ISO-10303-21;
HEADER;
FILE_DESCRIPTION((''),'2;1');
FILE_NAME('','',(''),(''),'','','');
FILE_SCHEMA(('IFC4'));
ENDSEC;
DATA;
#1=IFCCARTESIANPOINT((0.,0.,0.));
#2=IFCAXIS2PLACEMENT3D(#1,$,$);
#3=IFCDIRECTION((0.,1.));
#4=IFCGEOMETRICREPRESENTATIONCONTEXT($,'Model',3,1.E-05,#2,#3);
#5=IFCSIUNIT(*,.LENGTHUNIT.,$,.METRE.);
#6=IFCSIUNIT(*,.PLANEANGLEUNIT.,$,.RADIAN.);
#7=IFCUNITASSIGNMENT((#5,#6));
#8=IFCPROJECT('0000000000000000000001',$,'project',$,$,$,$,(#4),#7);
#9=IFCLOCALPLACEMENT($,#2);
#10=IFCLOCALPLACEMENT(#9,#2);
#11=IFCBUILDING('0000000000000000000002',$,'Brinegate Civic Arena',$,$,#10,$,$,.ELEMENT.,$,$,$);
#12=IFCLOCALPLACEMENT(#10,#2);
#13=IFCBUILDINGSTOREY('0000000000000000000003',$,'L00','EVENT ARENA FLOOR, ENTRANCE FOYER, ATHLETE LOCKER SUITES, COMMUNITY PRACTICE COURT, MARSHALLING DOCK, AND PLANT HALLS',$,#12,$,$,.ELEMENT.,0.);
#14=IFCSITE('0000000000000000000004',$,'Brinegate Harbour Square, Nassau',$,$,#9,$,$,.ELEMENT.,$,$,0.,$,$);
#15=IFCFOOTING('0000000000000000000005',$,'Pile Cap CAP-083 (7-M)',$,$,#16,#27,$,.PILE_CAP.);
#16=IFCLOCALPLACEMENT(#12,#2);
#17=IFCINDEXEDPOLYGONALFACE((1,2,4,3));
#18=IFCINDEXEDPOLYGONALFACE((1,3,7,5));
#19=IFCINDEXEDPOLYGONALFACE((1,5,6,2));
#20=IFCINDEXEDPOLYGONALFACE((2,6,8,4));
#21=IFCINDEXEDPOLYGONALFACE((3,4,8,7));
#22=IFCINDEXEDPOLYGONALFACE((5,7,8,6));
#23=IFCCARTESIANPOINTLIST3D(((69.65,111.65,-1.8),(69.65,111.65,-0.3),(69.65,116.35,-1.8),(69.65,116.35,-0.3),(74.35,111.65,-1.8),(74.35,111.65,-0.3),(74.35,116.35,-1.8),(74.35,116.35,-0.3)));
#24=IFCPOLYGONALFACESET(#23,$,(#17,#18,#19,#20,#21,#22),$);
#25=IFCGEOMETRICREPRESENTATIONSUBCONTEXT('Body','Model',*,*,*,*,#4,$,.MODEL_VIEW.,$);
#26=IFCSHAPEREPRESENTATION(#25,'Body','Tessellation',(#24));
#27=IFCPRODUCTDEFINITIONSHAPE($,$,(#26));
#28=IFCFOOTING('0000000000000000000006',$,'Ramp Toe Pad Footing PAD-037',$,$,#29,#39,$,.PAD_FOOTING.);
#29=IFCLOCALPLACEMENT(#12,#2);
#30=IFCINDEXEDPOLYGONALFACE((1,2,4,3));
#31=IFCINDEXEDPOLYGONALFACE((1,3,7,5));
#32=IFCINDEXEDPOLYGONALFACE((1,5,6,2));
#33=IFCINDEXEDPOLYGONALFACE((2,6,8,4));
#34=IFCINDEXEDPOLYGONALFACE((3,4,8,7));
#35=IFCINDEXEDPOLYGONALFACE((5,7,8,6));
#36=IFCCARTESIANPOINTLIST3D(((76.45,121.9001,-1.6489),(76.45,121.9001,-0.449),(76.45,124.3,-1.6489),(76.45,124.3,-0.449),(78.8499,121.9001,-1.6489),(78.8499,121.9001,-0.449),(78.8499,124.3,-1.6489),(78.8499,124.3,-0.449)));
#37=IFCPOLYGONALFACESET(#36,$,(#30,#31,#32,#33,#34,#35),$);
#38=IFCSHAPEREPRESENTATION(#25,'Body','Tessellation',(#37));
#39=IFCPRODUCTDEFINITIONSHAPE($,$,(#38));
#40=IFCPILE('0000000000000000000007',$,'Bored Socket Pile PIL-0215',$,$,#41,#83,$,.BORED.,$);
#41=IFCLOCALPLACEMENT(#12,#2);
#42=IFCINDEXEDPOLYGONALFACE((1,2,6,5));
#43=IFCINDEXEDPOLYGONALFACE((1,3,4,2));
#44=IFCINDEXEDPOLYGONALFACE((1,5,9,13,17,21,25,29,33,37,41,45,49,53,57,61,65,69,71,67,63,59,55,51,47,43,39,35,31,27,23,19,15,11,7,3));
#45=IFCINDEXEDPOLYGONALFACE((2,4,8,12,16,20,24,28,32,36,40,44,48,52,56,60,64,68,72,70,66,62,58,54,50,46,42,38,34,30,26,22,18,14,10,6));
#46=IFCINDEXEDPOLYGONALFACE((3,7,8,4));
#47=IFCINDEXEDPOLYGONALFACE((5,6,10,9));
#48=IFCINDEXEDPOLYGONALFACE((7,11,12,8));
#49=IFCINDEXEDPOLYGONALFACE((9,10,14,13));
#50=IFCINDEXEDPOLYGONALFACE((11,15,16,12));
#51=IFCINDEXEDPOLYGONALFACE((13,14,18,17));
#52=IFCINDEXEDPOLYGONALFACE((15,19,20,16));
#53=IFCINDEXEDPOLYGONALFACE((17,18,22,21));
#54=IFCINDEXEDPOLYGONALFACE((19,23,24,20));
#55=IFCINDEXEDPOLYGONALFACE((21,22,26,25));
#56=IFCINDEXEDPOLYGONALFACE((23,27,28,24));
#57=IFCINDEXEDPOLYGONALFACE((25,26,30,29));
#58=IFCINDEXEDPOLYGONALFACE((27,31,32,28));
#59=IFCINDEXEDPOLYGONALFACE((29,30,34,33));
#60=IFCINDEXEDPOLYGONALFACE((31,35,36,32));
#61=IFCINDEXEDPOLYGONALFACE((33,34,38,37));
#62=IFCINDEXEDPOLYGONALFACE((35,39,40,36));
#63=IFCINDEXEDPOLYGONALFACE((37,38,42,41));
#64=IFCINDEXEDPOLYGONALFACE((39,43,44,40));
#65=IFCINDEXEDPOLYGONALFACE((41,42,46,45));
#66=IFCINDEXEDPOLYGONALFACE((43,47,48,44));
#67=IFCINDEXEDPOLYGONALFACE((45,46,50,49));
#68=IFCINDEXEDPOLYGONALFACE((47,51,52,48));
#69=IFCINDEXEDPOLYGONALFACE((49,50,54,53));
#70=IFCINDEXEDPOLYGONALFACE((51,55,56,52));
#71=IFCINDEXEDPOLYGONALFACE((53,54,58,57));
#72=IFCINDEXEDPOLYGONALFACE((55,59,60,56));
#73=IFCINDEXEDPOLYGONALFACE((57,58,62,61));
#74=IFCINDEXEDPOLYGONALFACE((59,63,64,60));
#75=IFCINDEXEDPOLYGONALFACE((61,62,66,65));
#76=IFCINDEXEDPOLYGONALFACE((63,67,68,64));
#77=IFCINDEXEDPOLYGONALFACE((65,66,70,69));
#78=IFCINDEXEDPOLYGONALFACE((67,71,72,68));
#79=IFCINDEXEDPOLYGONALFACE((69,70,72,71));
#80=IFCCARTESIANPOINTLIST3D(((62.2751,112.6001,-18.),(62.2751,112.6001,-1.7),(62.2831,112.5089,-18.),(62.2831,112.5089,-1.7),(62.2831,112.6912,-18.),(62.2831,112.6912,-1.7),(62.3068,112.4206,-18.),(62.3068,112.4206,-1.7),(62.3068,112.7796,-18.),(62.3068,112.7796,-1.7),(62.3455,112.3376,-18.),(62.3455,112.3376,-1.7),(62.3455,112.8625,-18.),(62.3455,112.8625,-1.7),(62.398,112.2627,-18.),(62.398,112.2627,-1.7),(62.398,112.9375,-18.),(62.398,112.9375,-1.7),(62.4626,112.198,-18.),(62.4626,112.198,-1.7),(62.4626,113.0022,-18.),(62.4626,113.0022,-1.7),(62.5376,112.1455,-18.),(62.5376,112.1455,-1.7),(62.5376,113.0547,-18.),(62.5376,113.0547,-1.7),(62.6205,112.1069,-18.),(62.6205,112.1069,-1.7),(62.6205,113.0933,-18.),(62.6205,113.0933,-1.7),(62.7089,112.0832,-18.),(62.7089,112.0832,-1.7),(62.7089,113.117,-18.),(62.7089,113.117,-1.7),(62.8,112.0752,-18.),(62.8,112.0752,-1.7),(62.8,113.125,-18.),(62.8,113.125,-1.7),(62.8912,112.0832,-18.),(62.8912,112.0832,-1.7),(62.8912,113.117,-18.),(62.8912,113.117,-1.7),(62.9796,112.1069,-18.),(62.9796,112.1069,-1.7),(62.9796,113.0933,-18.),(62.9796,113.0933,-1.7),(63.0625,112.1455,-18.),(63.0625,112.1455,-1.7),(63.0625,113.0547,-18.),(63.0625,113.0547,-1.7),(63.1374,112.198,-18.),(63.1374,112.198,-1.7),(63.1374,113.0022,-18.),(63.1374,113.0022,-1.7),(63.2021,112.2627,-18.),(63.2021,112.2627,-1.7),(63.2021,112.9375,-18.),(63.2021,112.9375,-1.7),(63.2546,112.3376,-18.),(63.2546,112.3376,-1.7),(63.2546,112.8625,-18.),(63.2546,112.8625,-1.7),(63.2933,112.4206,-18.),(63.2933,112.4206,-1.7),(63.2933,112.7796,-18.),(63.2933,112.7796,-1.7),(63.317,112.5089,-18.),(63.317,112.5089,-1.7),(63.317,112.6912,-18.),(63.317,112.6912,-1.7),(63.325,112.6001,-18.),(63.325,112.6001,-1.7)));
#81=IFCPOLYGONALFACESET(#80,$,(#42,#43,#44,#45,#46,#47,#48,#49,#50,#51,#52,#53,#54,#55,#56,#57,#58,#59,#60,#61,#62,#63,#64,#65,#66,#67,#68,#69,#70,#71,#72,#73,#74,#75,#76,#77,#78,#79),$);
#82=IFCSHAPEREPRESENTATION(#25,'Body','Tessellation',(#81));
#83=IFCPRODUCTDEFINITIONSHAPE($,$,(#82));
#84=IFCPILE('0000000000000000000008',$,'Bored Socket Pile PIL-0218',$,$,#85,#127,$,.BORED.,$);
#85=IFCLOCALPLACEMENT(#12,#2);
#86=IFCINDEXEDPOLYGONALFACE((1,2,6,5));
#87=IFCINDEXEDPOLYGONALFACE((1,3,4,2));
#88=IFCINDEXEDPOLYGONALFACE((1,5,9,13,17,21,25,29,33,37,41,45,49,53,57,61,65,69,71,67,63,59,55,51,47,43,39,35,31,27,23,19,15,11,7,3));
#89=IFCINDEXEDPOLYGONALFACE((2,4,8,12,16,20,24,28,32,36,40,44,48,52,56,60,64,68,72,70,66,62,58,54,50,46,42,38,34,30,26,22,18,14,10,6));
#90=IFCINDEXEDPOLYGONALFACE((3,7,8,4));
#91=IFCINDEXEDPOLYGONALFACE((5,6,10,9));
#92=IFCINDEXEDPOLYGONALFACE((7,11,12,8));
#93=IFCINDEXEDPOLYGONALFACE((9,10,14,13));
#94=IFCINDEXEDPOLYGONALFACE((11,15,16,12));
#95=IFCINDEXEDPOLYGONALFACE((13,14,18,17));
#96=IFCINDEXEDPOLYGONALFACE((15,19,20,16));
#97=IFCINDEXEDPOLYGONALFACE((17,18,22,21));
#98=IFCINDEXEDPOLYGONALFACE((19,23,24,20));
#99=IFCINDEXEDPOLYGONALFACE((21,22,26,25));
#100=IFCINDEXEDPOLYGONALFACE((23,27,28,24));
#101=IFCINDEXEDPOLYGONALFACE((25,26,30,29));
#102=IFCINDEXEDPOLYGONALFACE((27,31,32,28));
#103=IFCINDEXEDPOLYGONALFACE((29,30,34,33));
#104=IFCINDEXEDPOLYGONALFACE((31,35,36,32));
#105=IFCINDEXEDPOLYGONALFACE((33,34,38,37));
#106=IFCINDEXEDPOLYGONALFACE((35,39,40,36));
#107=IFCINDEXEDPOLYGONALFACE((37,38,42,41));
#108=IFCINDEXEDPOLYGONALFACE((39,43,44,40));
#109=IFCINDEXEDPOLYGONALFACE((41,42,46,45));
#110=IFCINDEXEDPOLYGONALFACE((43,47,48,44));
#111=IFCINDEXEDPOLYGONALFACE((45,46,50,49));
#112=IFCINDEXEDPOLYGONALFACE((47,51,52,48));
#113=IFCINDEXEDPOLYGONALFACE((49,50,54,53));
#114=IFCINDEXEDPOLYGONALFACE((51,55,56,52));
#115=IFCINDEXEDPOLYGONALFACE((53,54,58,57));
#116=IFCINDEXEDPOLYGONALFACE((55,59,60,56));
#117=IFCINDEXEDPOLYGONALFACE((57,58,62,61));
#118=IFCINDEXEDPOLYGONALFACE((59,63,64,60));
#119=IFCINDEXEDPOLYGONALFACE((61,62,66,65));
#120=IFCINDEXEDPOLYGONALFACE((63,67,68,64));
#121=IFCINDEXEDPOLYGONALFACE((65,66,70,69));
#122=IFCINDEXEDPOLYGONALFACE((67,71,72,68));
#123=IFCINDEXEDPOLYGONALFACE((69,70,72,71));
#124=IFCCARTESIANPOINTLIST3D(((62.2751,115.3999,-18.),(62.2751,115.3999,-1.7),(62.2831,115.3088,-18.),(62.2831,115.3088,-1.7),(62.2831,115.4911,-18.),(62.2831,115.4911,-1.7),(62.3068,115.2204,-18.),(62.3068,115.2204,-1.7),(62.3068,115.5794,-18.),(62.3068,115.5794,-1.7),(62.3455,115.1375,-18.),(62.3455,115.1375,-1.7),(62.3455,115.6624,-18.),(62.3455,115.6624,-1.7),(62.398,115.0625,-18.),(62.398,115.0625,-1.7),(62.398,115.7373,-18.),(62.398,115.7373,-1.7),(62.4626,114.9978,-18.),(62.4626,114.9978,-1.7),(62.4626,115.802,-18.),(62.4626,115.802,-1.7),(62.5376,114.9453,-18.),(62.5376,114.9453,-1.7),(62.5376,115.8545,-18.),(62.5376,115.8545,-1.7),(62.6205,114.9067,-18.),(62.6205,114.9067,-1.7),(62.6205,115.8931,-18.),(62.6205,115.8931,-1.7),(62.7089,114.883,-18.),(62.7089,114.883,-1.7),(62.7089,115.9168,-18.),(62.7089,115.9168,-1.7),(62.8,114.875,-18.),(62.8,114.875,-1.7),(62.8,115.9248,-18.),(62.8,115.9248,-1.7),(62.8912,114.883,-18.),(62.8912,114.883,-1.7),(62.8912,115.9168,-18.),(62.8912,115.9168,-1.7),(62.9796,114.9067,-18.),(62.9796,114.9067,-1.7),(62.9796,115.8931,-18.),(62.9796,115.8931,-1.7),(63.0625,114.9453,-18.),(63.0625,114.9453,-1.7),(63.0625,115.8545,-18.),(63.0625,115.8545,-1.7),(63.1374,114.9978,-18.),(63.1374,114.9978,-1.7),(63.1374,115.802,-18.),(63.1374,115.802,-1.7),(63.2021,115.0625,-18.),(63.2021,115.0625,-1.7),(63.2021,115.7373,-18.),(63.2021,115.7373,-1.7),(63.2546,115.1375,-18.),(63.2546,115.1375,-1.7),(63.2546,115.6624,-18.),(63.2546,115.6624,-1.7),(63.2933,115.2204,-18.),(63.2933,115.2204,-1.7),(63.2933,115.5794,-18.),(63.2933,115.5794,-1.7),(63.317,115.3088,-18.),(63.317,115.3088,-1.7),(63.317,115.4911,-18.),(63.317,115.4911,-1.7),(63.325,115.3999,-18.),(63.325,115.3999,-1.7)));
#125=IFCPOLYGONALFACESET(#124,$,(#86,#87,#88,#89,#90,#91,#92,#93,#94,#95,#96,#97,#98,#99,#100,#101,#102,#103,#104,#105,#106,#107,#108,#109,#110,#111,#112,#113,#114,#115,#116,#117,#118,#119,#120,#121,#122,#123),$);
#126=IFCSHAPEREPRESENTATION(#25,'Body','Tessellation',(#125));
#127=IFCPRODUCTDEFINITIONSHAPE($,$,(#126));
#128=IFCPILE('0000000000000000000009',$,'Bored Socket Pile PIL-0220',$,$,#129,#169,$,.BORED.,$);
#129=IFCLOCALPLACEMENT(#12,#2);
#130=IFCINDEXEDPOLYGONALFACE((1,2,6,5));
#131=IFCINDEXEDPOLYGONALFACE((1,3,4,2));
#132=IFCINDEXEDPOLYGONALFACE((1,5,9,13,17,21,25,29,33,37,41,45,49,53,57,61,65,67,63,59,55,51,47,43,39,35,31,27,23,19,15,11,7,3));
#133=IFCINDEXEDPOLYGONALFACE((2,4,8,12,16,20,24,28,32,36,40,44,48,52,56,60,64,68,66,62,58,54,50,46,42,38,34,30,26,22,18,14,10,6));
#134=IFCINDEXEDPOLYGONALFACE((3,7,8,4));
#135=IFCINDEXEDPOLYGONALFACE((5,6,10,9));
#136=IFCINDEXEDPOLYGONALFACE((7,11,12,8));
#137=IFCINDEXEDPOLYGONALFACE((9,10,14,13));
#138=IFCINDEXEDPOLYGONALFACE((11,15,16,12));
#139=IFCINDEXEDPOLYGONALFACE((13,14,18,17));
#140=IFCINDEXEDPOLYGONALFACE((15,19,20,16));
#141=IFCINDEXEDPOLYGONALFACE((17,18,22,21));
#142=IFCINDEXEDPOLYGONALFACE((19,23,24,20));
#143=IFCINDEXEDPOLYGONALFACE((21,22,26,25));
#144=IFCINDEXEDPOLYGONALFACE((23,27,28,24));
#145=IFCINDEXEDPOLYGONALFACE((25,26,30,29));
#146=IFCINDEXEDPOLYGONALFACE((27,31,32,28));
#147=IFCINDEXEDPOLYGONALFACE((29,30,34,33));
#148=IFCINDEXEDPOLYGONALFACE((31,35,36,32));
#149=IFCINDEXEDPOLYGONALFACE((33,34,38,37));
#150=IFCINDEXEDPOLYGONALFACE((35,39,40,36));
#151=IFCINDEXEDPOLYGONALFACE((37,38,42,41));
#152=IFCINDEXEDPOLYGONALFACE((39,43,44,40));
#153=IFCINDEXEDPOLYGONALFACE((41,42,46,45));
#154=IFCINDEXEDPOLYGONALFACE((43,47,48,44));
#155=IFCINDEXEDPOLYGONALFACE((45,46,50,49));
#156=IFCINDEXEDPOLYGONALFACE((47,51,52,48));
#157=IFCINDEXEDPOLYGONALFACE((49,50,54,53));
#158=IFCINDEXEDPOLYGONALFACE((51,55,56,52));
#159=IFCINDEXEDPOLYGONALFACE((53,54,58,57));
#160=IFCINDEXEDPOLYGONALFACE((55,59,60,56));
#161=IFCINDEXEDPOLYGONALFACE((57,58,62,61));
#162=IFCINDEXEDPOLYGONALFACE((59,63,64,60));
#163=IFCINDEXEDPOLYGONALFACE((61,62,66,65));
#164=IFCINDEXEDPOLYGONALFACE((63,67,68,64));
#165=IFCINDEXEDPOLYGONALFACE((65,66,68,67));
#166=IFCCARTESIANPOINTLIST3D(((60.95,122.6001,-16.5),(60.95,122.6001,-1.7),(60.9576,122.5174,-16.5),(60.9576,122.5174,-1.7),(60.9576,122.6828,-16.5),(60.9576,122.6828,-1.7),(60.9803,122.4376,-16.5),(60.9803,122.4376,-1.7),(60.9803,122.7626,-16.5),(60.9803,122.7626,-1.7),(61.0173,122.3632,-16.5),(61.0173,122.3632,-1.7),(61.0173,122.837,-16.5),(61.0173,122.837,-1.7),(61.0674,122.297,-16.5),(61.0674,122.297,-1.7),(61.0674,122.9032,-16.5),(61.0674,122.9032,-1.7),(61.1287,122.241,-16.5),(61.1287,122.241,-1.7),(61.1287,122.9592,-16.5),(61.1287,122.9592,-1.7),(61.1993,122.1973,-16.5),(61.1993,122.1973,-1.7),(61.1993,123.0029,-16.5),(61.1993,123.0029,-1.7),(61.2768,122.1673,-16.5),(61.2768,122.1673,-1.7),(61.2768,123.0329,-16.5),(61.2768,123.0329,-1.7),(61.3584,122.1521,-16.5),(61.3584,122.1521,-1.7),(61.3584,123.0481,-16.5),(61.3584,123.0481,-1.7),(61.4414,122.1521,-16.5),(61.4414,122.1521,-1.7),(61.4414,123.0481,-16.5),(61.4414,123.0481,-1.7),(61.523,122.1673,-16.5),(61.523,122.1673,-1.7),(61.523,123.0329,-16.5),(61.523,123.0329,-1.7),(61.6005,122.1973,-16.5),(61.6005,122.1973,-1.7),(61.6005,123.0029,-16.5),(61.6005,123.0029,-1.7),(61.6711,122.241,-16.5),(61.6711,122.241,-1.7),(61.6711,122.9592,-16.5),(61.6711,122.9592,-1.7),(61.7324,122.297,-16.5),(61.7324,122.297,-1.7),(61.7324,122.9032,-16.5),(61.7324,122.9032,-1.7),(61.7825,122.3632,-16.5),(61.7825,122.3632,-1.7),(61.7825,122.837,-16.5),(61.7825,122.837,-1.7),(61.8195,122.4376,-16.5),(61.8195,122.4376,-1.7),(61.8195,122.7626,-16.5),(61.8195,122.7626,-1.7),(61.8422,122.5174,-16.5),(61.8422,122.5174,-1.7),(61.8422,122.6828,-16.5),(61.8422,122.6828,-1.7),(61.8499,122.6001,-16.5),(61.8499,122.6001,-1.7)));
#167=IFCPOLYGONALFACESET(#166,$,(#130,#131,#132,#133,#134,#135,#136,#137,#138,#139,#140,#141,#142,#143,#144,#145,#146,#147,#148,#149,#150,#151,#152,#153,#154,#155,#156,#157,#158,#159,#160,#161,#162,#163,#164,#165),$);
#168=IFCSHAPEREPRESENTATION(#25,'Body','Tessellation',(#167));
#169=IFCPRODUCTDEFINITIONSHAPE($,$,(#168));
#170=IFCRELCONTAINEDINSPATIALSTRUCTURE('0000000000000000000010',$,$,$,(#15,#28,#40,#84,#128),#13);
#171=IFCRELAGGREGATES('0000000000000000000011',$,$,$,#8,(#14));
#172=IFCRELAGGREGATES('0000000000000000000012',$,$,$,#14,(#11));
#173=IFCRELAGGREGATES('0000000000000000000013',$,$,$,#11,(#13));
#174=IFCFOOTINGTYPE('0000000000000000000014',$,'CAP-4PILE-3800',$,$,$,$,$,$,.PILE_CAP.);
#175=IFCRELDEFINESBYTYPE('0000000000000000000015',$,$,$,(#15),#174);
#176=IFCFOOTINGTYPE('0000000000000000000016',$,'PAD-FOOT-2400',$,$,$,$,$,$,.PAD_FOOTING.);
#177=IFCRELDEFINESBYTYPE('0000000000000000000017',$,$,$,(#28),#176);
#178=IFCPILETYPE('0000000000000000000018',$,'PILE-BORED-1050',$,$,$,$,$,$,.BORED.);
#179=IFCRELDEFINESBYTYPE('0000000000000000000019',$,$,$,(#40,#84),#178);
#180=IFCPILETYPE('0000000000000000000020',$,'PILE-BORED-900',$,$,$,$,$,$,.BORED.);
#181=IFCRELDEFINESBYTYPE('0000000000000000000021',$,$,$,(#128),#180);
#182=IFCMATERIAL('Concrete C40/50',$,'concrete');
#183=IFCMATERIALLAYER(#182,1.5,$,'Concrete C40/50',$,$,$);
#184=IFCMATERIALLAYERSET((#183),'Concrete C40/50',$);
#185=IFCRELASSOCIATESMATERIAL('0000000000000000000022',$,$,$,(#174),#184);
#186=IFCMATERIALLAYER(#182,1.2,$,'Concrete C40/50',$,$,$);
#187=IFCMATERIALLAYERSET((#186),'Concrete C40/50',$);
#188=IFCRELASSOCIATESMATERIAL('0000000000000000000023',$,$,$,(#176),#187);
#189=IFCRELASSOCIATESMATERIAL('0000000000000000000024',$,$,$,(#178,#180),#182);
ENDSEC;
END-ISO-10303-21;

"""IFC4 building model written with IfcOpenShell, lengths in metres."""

from ifc_helpers import new_model, si_unit, direction, frame, origin, origin_2d, place, context, subcontext, project, spatial, rectangle, circle, extrude, material, layer, layer_set, material_profile, profile_set, type_object, element, save


model = new_model("IFC4")

# Units and contexts
model_context = context("Model", 3, precision=1e-05, world=origin(), true_north=direction((0.0, 1.0)))
body_context = subcontext(model_context, "Body", "Model", "MODEL_VIEW")
ifc_project = project(units=[si_unit("LENGTHUNIT", "METRE"), si_unit("PLANEANGLEUNIT", "RADIAN")], contexts=[model_context])

# Site, building, storey
site_placement = place(None, origin())
site = spatial("IfcSite", under=ifc_project, at=site_placement, Name="Brinegate Harbour Square, Nassau", CompositionType="ELEMENT", RefElevation=0.0)
building_placement = place(site_placement, origin())
building = spatial("IfcBuilding", under=site, at=building_placement, Name="Brinegate Civic Arena", CompositionType="ELEMENT")
storey_placement = place(building_placement, origin())
storey = spatial("IfcBuildingStorey", under=building, at=storey_placement, Name="L00", Description="EVENT ARENA FLOOR, ENTRANCE FOYER, ATHLETE LOCKER SUITES, COMMUNITY PRACTICE COURT, MARSHALLING DOCK, AND PLANT HALLS", CompositionType="ELEMENT", Elevation=0.0)

# Footings
ifc_material_1 = material(Name="Concrete C40/50", Category="concrete")
ifc_layer_1 = layer(ifc_material_1, 1.5, Name="Concrete C40/50")
ifc_layer_set_1 = layer_set([ifc_layer_1], Name="Concrete C40/50")
footing_type_1 = type_object("IfcFootingType", Name="CAP-4PILE-3800", PredefinedType="PILE_CAP", material=ifc_layer_set_1)
footing_1_placement = place(storey_placement, frame((72.0, 114.0, -1.8), z_axis=(0.0, 0.0, 1.0), x_axis=(1.0, 0.0, 0.0)))
element("IfcFooting", 1, at=footing_1_placement, inside=storey, type_object=footing_type_1, Name="Pile Cap CAP-083 (7-M)", PredefinedType="PILE_CAP", context=body_context, shape_type="SweptSolid", body=[
    extrude(rectangle(XDim=4.7, YDim=4.7, at=origin_2d()), origin(), (0.0, 0.0, 1.0), 1.5),
])
ifc_layer_2 = layer(ifc_material_1, 1.2, Name="Concrete C40/50")
ifc_layer_set_2 = layer_set([ifc_layer_2], Name="Concrete C40/50")
footing_type_2 = type_object("IfcFootingType", Name="PAD-FOOT-2400", PredefinedType="PAD_FOOTING", material=ifc_layer_set_2)
footing_2_placement = place(storey_placement, frame((77.6499, 123.1001, -1.6489), z_axis=(0.0, 0.0, 1.0), x_axis=(1.0, 0.0, 0.0)))
element("IfcFooting", 2, at=footing_2_placement, inside=storey, type_object=footing_type_2, Name="Ramp Toe Pad Footing PAD-037", PredefinedType="PAD_FOOTING", context=body_context, shape_type="SweptSolid", body=[
    extrude(rectangle(XDim=2.3999, YDim=2.3999, at=origin_2d()), origin(), (0.0, 0.0, 1.0), 1.2),
])

# Piles
ifc_material_profile_1 = material_profile(ifc_material_1, circle(Radius=0.5249, at=origin_2d()), Name="PILED1050")
ifc_profile_set_1 = profile_set([ifc_material_profile_1], Name="Concrete C40/50")
pile_type_1 = type_object("IfcPileType", Name="PILE-BORED-1050", PredefinedType="BORED", material=ifc_profile_set_1)
for number, where, z_axis, x_axis, name in (
    (3, (62.8, 112.6001, -1.7), (0.0, 0.0, -1.0), (1.0, 0.0, 0.0), "Bored Socket Pile PIL-0215"),
    (4, (62.8, 115.3999, -1.7), (0.0, 0.0, -1.0), (1.0, 0.0, 0.0), "Bored Socket Pile PIL-0218"),
):
    element("IfcPile", number, at=place(storey_placement, frame(where, z_axis=z_axis, x_axis=x_axis)), inside=storey, type_object=pile_type_1, Name=name, PredefinedType="BORED", context=body_context, shape_type="SweptSolid", body=[
        extrude(circle(Radius=0.5249, at=origin_2d()), origin(), (0.0, 0.0, 1.0), 16.3),
    ])
ifc_material_profile_2 = material_profile(ifc_material_1, circle(Radius=0.45, at=origin_2d()), Name="PILED900")
ifc_profile_set_2 = profile_set([ifc_material_profile_2], Name="Concrete C40/50")
pile_type_2 = type_object("IfcPileType", Name="PILE-BORED-900", PredefinedType="BORED", material=ifc_profile_set_2)
for number, where, z_axis, x_axis, name in (
    (5, (61.3999, 122.6001, -1.7), (0.0, 0.0, -1.0), (1.0, 0.0, 0.0), "Bored Socket Pile PIL-0220"),
):
    element("IfcPile", number, at=place(storey_placement, frame(where, z_axis=z_axis, x_axis=x_axis)), inside=storey, type_object=pile_type_2, Name=name, PredefinedType="BORED", context=body_context, shape_type="SweptSolid", body=[
        extrude(circle(Radius=0.45, at=origin_2d()), origin(), (0.0, 0.0, 1.0), 14.8),
    ])

save(model, "model.ifc")
